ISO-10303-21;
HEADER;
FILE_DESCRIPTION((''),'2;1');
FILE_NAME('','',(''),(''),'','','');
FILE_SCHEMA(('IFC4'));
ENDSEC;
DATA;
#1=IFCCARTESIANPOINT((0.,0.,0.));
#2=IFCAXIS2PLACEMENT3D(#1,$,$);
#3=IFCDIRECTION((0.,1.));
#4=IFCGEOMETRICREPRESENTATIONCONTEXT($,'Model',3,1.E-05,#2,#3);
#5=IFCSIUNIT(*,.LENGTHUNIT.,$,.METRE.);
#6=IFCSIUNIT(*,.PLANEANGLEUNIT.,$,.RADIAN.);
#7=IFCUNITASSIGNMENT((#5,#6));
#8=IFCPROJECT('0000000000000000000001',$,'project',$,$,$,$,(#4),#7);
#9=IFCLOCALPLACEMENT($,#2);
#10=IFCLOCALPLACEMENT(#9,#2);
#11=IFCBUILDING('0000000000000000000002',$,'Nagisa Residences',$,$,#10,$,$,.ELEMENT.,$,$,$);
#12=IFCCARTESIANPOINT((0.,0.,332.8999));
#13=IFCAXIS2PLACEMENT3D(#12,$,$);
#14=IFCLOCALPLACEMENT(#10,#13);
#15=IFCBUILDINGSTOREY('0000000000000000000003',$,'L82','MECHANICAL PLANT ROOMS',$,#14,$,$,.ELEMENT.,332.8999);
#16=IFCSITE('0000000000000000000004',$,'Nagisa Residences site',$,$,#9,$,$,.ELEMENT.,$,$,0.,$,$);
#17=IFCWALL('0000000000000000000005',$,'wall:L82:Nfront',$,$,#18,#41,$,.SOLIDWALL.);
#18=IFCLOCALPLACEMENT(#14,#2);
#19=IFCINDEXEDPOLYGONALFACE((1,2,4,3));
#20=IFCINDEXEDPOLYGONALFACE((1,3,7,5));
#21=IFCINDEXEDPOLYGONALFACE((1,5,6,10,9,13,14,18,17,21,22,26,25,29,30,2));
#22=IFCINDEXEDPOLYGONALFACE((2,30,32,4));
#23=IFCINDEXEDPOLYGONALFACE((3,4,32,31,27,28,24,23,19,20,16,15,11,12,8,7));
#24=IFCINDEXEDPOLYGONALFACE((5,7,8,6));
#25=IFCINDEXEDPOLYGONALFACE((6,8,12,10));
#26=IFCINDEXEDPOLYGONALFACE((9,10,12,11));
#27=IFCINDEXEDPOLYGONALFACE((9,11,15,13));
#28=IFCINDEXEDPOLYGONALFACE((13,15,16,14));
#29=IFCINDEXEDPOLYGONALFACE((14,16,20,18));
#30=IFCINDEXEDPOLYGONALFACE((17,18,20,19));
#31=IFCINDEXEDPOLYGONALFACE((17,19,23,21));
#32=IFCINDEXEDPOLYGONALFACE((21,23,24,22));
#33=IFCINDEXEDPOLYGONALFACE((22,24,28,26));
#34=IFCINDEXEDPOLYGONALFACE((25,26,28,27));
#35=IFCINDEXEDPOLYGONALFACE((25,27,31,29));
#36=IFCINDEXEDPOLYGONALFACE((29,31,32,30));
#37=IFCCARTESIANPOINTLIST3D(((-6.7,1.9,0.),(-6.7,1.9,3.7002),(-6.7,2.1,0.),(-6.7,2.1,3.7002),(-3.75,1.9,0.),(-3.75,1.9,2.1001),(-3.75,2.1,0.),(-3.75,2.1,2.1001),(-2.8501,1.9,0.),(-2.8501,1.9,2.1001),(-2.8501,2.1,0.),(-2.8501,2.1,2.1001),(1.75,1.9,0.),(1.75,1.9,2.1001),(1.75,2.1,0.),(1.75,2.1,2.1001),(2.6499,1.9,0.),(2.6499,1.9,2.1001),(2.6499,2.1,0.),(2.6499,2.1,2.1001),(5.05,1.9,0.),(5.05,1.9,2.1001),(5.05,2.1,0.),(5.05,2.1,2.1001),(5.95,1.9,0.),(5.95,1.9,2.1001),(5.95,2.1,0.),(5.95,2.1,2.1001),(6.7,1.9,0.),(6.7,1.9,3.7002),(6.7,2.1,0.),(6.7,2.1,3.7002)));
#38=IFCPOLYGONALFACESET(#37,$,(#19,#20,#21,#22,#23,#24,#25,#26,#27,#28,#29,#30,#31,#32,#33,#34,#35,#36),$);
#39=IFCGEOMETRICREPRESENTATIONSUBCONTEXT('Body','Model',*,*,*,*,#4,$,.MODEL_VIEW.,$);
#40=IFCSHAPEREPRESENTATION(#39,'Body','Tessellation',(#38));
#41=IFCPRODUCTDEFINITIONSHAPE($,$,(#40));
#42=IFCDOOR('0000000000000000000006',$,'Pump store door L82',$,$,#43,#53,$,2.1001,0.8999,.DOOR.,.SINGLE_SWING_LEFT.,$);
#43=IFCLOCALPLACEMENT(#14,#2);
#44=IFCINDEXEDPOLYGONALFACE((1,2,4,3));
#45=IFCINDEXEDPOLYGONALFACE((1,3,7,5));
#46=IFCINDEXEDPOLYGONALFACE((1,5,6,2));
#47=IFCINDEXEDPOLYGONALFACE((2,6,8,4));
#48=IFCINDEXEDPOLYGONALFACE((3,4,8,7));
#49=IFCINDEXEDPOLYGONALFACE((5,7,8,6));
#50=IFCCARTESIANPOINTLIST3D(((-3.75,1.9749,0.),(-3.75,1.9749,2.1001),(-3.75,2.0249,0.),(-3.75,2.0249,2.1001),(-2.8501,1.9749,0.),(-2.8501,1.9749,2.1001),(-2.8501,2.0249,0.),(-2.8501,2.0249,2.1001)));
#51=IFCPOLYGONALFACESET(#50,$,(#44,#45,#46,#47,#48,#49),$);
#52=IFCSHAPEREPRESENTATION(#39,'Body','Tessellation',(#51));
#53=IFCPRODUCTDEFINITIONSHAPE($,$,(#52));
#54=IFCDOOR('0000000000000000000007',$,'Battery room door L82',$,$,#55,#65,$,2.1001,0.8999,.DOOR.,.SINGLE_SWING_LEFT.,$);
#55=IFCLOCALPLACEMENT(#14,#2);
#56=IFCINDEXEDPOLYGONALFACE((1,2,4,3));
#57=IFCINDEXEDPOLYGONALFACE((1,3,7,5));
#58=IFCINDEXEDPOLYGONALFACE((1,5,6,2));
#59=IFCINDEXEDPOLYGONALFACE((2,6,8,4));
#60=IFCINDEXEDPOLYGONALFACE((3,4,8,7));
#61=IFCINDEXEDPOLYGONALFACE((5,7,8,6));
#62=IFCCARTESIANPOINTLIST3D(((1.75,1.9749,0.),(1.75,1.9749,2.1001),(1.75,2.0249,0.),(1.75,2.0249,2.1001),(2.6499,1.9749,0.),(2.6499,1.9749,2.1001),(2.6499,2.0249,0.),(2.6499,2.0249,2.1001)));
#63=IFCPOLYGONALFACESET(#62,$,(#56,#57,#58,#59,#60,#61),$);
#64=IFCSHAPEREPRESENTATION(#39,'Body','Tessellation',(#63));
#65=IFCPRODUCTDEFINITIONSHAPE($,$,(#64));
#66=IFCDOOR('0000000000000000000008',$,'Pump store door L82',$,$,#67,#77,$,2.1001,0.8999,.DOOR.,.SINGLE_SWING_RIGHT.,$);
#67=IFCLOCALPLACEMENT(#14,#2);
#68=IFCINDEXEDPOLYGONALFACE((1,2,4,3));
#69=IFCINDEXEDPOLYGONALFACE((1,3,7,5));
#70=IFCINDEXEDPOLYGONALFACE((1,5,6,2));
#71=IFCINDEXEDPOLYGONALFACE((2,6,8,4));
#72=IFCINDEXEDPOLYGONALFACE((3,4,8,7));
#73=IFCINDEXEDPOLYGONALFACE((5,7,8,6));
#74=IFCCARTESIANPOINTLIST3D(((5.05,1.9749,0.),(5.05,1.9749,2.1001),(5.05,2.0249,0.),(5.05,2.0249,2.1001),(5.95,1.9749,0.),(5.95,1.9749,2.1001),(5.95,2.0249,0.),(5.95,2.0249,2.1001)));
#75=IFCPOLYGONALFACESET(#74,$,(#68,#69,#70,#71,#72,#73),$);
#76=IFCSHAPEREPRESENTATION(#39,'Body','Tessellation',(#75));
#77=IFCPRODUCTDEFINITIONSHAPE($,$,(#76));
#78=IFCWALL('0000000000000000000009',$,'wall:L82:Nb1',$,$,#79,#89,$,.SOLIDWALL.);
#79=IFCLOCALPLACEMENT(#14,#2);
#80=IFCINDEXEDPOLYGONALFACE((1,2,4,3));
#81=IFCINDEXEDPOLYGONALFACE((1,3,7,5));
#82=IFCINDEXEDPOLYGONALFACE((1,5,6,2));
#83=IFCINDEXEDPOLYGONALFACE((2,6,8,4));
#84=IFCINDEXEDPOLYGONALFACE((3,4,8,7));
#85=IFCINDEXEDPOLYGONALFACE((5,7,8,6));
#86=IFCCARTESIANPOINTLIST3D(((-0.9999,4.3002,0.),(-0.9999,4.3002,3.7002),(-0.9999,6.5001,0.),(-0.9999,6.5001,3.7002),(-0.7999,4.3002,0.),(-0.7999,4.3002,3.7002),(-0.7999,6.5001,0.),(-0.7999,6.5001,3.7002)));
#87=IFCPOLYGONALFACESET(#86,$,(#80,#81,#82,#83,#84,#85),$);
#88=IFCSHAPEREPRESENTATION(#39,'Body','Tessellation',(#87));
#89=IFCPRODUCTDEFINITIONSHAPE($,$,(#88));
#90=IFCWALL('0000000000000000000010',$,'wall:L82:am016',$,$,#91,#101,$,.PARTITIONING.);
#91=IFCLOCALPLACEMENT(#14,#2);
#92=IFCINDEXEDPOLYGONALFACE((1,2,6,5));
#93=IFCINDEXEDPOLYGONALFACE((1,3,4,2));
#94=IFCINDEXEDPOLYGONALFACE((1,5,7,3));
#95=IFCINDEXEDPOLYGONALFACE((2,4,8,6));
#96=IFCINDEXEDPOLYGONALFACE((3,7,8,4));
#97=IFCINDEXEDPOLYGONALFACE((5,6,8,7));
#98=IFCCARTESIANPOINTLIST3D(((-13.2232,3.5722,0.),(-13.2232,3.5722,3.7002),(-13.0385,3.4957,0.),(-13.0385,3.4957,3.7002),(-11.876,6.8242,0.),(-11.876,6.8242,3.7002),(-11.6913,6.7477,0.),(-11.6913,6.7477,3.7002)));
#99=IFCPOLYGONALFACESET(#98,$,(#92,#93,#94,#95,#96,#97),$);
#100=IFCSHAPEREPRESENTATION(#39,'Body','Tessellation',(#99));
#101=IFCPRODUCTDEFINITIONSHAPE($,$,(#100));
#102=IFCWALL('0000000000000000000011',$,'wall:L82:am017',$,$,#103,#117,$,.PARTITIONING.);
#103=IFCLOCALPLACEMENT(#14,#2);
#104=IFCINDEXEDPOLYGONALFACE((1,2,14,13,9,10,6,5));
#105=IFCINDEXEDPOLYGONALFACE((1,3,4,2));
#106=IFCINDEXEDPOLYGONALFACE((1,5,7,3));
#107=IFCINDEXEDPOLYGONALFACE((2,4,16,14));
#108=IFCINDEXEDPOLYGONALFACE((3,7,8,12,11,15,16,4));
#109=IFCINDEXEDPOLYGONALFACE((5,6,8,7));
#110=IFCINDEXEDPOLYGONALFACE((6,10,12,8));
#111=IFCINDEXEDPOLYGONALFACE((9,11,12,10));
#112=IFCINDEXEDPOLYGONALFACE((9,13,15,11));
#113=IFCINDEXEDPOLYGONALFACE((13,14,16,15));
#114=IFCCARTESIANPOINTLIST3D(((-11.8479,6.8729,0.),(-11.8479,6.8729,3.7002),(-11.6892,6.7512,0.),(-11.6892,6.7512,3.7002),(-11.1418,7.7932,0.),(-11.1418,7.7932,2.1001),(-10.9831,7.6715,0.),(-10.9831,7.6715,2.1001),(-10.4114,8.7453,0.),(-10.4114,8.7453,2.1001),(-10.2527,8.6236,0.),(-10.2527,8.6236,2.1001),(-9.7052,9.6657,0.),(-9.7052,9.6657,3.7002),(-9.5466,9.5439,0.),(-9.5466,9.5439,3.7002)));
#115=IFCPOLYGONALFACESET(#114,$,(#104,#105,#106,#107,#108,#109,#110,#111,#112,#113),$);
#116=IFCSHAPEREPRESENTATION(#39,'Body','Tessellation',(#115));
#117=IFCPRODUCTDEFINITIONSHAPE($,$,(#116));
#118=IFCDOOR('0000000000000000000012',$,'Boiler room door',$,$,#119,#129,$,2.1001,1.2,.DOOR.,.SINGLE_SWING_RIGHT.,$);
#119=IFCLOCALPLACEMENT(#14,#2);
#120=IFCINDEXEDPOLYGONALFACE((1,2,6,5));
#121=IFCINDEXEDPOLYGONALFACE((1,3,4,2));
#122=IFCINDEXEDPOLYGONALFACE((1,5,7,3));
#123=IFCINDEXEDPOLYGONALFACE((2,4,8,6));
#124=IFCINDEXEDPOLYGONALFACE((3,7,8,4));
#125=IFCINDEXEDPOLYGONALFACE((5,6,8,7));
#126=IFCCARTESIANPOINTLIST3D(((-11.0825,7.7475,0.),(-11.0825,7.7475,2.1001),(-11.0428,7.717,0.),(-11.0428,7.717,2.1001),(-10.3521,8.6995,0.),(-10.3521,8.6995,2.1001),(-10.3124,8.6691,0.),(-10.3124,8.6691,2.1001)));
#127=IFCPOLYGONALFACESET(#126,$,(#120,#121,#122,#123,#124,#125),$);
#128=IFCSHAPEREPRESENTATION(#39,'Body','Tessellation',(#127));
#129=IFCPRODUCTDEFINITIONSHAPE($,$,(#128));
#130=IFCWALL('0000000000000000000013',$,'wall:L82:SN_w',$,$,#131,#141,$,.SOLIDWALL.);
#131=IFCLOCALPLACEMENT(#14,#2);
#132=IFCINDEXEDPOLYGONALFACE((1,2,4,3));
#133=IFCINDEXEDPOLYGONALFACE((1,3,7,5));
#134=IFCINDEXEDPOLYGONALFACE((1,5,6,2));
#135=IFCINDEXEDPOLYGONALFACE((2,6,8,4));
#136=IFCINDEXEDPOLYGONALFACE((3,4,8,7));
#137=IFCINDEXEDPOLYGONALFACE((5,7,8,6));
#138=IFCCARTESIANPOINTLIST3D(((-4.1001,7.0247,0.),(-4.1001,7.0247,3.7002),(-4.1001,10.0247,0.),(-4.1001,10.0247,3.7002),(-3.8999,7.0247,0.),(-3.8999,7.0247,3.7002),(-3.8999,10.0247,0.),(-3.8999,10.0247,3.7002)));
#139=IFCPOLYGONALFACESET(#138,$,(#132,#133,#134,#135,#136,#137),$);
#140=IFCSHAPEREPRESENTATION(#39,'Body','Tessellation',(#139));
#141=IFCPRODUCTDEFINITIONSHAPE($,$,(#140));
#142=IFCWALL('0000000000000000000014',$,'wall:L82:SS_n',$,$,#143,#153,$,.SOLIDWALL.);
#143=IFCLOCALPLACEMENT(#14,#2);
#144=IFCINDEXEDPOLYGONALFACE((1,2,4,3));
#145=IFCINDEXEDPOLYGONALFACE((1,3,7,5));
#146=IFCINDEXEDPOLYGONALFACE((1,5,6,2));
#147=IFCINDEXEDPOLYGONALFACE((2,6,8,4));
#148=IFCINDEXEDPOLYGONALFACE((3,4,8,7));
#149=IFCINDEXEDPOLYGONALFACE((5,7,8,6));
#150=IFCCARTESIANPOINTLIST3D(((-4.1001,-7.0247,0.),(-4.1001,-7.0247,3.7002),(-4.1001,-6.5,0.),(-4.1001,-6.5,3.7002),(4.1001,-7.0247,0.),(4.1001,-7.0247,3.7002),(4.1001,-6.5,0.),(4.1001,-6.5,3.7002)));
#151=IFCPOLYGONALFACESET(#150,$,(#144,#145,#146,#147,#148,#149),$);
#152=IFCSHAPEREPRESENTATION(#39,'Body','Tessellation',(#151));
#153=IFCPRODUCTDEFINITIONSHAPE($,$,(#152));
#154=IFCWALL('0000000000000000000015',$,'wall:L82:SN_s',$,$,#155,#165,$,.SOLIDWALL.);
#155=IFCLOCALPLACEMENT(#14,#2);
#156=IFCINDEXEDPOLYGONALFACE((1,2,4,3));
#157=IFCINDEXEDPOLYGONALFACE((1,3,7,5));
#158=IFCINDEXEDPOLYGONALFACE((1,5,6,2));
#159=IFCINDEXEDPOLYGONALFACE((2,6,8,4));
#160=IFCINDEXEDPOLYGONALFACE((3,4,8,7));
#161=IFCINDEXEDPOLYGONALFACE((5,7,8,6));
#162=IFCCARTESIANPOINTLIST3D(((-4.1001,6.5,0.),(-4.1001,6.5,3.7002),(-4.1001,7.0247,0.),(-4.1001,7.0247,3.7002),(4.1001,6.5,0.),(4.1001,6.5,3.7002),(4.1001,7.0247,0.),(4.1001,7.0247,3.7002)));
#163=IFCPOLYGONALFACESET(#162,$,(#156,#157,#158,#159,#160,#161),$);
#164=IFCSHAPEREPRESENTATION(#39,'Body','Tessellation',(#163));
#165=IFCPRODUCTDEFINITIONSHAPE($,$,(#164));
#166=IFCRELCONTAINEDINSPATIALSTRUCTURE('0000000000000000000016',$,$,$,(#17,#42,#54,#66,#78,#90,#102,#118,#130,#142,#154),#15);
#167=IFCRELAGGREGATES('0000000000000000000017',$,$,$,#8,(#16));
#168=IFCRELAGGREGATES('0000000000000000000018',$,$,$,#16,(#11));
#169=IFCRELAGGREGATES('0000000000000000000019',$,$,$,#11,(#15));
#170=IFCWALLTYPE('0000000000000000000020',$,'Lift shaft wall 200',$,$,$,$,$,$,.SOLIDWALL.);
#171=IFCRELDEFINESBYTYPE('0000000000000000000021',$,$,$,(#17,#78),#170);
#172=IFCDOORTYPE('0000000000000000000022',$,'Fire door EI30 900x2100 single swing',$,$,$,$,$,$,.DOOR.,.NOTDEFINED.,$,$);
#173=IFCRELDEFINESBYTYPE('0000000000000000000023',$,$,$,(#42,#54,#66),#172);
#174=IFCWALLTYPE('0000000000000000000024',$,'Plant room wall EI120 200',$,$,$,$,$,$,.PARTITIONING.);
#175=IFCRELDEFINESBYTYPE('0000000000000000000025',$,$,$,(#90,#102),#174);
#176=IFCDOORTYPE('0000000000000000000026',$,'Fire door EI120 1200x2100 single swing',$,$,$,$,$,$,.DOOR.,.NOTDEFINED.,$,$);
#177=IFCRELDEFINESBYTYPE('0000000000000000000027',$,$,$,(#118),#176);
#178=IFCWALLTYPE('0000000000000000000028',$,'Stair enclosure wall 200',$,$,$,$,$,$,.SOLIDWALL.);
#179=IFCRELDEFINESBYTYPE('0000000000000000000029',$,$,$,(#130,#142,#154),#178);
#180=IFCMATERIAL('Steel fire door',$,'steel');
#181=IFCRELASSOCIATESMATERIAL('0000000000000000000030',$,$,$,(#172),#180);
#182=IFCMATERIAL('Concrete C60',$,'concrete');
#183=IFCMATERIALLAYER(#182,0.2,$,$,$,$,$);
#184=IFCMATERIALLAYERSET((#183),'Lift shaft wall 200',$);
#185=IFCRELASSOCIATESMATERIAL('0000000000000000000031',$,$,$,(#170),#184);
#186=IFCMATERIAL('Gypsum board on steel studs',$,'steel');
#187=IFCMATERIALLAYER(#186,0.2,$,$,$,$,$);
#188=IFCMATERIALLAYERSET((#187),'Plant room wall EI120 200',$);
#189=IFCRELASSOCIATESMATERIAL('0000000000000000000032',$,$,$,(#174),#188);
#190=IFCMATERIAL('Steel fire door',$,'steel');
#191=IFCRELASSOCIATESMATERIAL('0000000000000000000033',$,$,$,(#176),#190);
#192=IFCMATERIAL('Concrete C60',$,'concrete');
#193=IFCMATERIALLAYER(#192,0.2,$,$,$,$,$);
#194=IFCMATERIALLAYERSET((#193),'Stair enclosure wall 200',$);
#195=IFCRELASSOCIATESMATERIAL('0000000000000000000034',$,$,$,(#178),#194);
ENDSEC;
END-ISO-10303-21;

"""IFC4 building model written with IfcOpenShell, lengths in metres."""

from ifc_helpers import new_model, si_unit, direction, frame, frame_2d, origin, place, context, subcontext, project, spatial, polyline, rectangle, outline, extrude, material, layer, layer_set, type_object, element, fill, save


model = new_model("IFC4")

# Units and contexts
model_context = context("Model", 3, precision=1e-05, world=origin(), true_north=direction((0.0, 1.0)))
body_context = subcontext(model_context, "Body", "Model", "MODEL_VIEW")
ifc_project = project(units=[si_unit("LENGTHUNIT", "METRE"), si_unit("PLANEANGLEUNIT", "RADIAN")], contexts=[model_context])

# Site, building, storey
site_placement = place(None, origin())
site = spatial("IfcSite", under=ifc_project, at=site_placement, Name="Nagisa Residences site", CompositionType="ELEMENT", RefElevation=0.0)
building_placement = place(site_placement, origin())
building = spatial("IfcBuilding", under=site, at=building_placement, Name="Nagisa Residences", CompositionType="ELEMENT")
storey_placement = place(building_placement, frame((0.0, 0.0, 332.8999)))
storey = spatial("IfcBuildingStorey", under=building, at=storey_placement, Name="L82", Description="MECHANICAL PLANT ROOMS", CompositionType="ELEMENT", Elevation=332.8999)

# Shared definitions
ifc_material_1 = material(Name="Steel fire door", Category="steel")
door_type_1 = type_object("IfcDoorType", Name="Fire door EI30 900x2100 single swing", OperationType="NOTDEFINED", PredefinedType="DOOR", material=ifc_material_1)

# Shared definitions
ifc_material_2 = material(Name="Concrete C60", Category="concrete")
ifc_layer_1 = layer(ifc_material_2, 0.2)
ifc_layer_set_1 = layer_set([ifc_layer_1], Name="Lift shaft wall 200")
wall_type_1 = type_object("IfcWallType", Name="Lift shaft wall 200", PredefinedType="SOLIDWALL", material=ifc_layer_set_1)

# Wall, openings, doors
wall_1_placement = place(storey_placement, frame((-6.7, 2.0, 0.0), z_axis=(0.0, 0.0, 1.0), x_axis=(1.0, 0.0, 0.0)))
wall_1 = element("IfcWall", 1, at=wall_1_placement, inside=storey, type_object=wall_type_1, Name="wall:L82:Nfront", PredefinedType="SOLIDWALL", context=body_context, shape_type="SweptSolid", body=[
    extrude(rectangle(XDim=13.3999, YDim=0.2, at=frame_2d((6.7, 0.0))), origin(), (0.0, 0.0, 1.0), 3.7002),
])
opening_1_placement = place(wall_1_placement, frame((2.95, 0.0, 0.0)))
opening_1 = element("IfcOpeningElement", 2, at=opening_1_placement, cuts=wall_1, PredefinedType="OPENING", context=body_context, shape_type="SweptSolid", body=[
    extrude(rectangle(XDim=0.8999, YDim=2.1001, at=frame_2d((0.45, 1.05))), frame((0.0, 0.1099, 0.0), z_axis=(0.0, -1.0, 0.0), x_axis=(1.0, 0.0, 0.0)), (0.0, 0.0, 1.0), 0.22),
])
opening_2_placement = place(wall_1_placement, frame((8.45, 0.0, 0.0)))
opening_2 = element("IfcOpeningElement", 3, at=opening_2_placement, cuts=wall_1, PredefinedType="OPENING", context=body_context, shape_type="SweptSolid", body=[
    extrude(rectangle(XDim=0.8999, YDim=2.1001, at=frame_2d((0.45, 1.05))), frame((0.0, 0.1099, 0.0), z_axis=(0.0, -1.0, 0.0), x_axis=(1.0, 0.0, 0.0)), (0.0, 0.0, 1.0), 0.22),
])
opening_3_placement = place(wall_1_placement, frame((11.75, 0.0, 0.0)))
opening_3 = element("IfcOpeningElement", 4, at=opening_3_placement, cuts=wall_1, PredefinedType="OPENING", context=body_context, shape_type="SweptSolid", body=[
    extrude(rectangle(XDim=0.8999, YDim=2.1001, at=frame_2d((0.45, 1.05))), frame((0.0, 0.1099, 0.0), z_axis=(0.0, -1.0, 0.0), x_axis=(1.0, 0.0, 0.0)), (0.0, 0.0, 1.0), 0.22),
])
door_1_placement = place(opening_1_placement, origin())
door_1 = element("IfcDoor", 5, at=door_1_placement, inside=storey, type_object=door_type_1, Name="Pump store door L82", OperationType="SINGLE_SWING_LEFT", OverallHeight=2.1001, OverallWidth=0.8999, PredefinedType="DOOR", context=body_context, shape_type="SweptSolid", body=[
    extrude(rectangle(XDim=0.8999, YDim=2.1001, at=frame_2d((0.45, 1.05))), frame((0.0, 0.0249, 0.0), z_axis=(0.0, -1.0, 0.0), x_axis=(1.0, 0.0, 0.0)), (0.0, 0.0, 1.0), 0.05),
])
fill(opening_1, door_1)
door_2_placement = place(opening_2_placement, origin())
door_2 = element("IfcDoor", 6, at=door_2_placement, inside=storey, type_object=door_type_1, Name="Battery room door L82", OperationType="SINGLE_SWING_LEFT", OverallHeight=2.1001, OverallWidth=0.8999, PredefinedType="DOOR", context=body_context, shape_type="SweptSolid", body=[
    extrude(rectangle(XDim=0.8999, YDim=2.1001, at=frame_2d((0.45, 1.05))), frame((0.0, 0.0249, 0.0), z_axis=(0.0, -1.0, 0.0), x_axis=(1.0, 0.0, 0.0)), (0.0, 0.0, 1.0), 0.05),
])
fill(opening_2, door_2)
door_3_placement = place(opening_3_placement, origin())
door_3 = element("IfcDoor", 7, at=door_3_placement, inside=storey, type_object=door_type_1, Name="Pump store door L82", OperationType="SINGLE_SWING_RIGHT", OverallHeight=2.1001, OverallWidth=0.8999, PredefinedType="DOOR", context=body_context, shape_type="SweptSolid", body=[
    extrude(rectangle(XDim=0.8999, YDim=2.1001, at=frame_2d((0.45, 1.05))), frame((0.0, 0.0249, 0.0), z_axis=(0.0, -1.0, 0.0), x_axis=(1.0, 0.0, 0.0)), (0.0, 0.0, 1.0), 0.05),
])
fill(opening_3, door_3)

# Walls
wall_2_placement = place(storey_placement, frame((-0.8999, 4.3, 0.0), z_axis=(0.0, 0.0, 1.0), x_axis=(0.0, 1.0, 0.0)))
element("IfcWall", 8, at=wall_2_placement, inside=storey, type_object=wall_type_1, Name="wall:L82:Nb1", PredefinedType="SOLIDWALL", context=body_context, shape_type="SweptSolid", body=[
    extrude(rectangle(XDim=2.2, YDim=0.2, at=frame_2d((1.1001, 0.0))), origin(), (0.0, 0.0, 1.0), 3.7002),
])
ifc_material_3 = material(Name="Gypsum board on steel studs", Category="steel")
ifc_layer_2 = layer(ifc_material_3, 0.2)
ifc_layer_set_2 = layer_set([ifc_layer_2], Name="Plant room wall EI120 200")
wall_type_2 = type_object("IfcWallType", Name="Plant room wall EI120 200", PredefinedType="PARTITIONING", material=ifc_layer_set_2)
wall_3_placement = place(storey_placement, frame((-13.1309, 3.5339, 0.0), z_axis=(0.0, 0.0, 1.0), x_axis=(0.382723, 0.923863, 0.0)))
element("IfcWall", 9, at=wall_3_placement, inside=storey, type_object=wall_type_2, Name="wall:L82:am016", PredefinedType="PARTITIONING", context=body_context, shape_type="SweptSolid", body=[
    extrude(rectangle(XDim=3.52, YDim=0.2, at=frame_2d((1.76, 0.0))), origin(), (0.0, 0.0, 1.0), 3.7002),
])

# Wall, opening, door
wall_4_placement = place(storey_placement, frame((-11.7686, 6.812, 0.0), z_axis=(0.0, 0.0, 1.0), x_axis=(0.608698, 0.793402, 0.0)))
wall_4 = element("IfcWall", 10, at=wall_4_placement, inside=storey, type_object=wall_type_2, Name="wall:L82:am017", PredefinedType="PARTITIONING", context=body_context, shape_type="SweptSolid", body=[
    extrude(rectangle(XDim=3.52, YDim=0.2, at=frame_2d((1.76, 0.0))), origin(), (0.0, 0.0, 1.0), 3.7002),
])
opening_4_placement = place(wall_4_placement, frame((1.1599, 0.0, 0.0)))
opening_4 = element("IfcOpeningElement", 11, at=opening_4_placement, cuts=wall_4, PredefinedType="OPENING", context=body_context, shape_type="SweptSolid", body=[
    extrude(rectangle(XDim=1.2, YDim=2.1001, at=frame_2d((0.6001, 1.05))), frame((0.0, 0.1099, 0.0), z_axis=(0.0, -1.0, 0.0), x_axis=(1.0, 0.0, 0.0)), (0.0, 0.0, 1.0), 0.22),
])
ifc_material_4 = material(Name="Steel fire door", Category="steel")
door_type_2 = type_object("IfcDoorType", Name="Fire door EI120 1200x2100 single swing", OperationType="NOTDEFINED", PredefinedType="DOOR", material=ifc_material_4)
door_4_placement = place(opening_4_placement, frame((1.2, 0.0, 0.0), x_axis=(-1.0, 0.0, 0.0)))
door_4 = element("IfcDoor", 12, at=door_4_placement, inside=storey, type_object=door_type_2, Name="Boiler room door", OperationType="SINGLE_SWING_RIGHT", OverallHeight=2.1001, OverallWidth=1.2, PredefinedType="DOOR", context=body_context, shape_type="SweptSolid", body=[
    extrude(rectangle(XDim=1.2, YDim=2.1001, at=frame_2d((0.6001, 1.05))), frame((0.0, 0.0249, 0.0), z_axis=(0.0, -1.0, 0.0), x_axis=(1.0, 0.0, 0.0)), (0.0, 0.0, 1.0), 0.05),
])
fill(opening_4, door_4)

# Walls
ifc_material_5 = material(Name="Concrete C60", Category="concrete")
ifc_layer_3 = layer(ifc_material_5, 0.2)
ifc_layer_set_3 = layer_set([ifc_layer_3], Name="Stair enclosure wall 200")
wall_type_3 = type_object("IfcWallType", Name="Stair enclosure wall 200", PredefinedType="SOLIDWALL", material=ifc_layer_set_3)
wall_5_placement = place(storey_placement, origin())
element("IfcWall", 13, at=wall_5_placement, inside=storey, type_object=wall_type_3, Name="wall:L82:SN_w", PredefinedType="SOLIDWALL", context=body_context, shape_type="SweptSolid", body=[
    extrude(outline(polyline([(-3.8999, 7.0247), (-4.1001, 7.0247), (-4.1001, 10.0247), (-3.8999, 10.0247), (-3.8999, 7.0247)])), origin(), (0.0, 0.0, 1.0), 3.7002),
])
wall_6_placement = place(storey_placement, origin())
element("IfcWall", 14, at=wall_6_placement, inside=storey, type_object=wall_type_3, Name="wall:L82:SS_n", PredefinedType="SOLIDWALL", context=body_context, shape_type="SweptSolid", body=[
    extrude(outline(polyline([(4.1001, -7.0247), (-4.1001, -7.0247), (-4.1001, -6.5), (4.1001, -6.5), (4.1001, -7.0247)])), origin(), (0.0, 0.0, 1.0), 3.7002),
])
wall_7_placement = place(storey_placement, origin())
element("IfcWall", 15, at=wall_7_placement, inside=storey, type_object=wall_type_3, Name="wall:L82:SN_s", PredefinedType="SOLIDWALL", context=body_context, shape_type="SweptSolid", body=[
    extrude(outline(polyline([(4.1001, 6.5), (-4.1001, 6.5), (-4.1001, 7.0247), (4.1001, 7.0247), (4.1001, 6.5)])), origin(), (0.0, 0.0, 1.0), 3.7002),
])

save(model, "model.ifc")
